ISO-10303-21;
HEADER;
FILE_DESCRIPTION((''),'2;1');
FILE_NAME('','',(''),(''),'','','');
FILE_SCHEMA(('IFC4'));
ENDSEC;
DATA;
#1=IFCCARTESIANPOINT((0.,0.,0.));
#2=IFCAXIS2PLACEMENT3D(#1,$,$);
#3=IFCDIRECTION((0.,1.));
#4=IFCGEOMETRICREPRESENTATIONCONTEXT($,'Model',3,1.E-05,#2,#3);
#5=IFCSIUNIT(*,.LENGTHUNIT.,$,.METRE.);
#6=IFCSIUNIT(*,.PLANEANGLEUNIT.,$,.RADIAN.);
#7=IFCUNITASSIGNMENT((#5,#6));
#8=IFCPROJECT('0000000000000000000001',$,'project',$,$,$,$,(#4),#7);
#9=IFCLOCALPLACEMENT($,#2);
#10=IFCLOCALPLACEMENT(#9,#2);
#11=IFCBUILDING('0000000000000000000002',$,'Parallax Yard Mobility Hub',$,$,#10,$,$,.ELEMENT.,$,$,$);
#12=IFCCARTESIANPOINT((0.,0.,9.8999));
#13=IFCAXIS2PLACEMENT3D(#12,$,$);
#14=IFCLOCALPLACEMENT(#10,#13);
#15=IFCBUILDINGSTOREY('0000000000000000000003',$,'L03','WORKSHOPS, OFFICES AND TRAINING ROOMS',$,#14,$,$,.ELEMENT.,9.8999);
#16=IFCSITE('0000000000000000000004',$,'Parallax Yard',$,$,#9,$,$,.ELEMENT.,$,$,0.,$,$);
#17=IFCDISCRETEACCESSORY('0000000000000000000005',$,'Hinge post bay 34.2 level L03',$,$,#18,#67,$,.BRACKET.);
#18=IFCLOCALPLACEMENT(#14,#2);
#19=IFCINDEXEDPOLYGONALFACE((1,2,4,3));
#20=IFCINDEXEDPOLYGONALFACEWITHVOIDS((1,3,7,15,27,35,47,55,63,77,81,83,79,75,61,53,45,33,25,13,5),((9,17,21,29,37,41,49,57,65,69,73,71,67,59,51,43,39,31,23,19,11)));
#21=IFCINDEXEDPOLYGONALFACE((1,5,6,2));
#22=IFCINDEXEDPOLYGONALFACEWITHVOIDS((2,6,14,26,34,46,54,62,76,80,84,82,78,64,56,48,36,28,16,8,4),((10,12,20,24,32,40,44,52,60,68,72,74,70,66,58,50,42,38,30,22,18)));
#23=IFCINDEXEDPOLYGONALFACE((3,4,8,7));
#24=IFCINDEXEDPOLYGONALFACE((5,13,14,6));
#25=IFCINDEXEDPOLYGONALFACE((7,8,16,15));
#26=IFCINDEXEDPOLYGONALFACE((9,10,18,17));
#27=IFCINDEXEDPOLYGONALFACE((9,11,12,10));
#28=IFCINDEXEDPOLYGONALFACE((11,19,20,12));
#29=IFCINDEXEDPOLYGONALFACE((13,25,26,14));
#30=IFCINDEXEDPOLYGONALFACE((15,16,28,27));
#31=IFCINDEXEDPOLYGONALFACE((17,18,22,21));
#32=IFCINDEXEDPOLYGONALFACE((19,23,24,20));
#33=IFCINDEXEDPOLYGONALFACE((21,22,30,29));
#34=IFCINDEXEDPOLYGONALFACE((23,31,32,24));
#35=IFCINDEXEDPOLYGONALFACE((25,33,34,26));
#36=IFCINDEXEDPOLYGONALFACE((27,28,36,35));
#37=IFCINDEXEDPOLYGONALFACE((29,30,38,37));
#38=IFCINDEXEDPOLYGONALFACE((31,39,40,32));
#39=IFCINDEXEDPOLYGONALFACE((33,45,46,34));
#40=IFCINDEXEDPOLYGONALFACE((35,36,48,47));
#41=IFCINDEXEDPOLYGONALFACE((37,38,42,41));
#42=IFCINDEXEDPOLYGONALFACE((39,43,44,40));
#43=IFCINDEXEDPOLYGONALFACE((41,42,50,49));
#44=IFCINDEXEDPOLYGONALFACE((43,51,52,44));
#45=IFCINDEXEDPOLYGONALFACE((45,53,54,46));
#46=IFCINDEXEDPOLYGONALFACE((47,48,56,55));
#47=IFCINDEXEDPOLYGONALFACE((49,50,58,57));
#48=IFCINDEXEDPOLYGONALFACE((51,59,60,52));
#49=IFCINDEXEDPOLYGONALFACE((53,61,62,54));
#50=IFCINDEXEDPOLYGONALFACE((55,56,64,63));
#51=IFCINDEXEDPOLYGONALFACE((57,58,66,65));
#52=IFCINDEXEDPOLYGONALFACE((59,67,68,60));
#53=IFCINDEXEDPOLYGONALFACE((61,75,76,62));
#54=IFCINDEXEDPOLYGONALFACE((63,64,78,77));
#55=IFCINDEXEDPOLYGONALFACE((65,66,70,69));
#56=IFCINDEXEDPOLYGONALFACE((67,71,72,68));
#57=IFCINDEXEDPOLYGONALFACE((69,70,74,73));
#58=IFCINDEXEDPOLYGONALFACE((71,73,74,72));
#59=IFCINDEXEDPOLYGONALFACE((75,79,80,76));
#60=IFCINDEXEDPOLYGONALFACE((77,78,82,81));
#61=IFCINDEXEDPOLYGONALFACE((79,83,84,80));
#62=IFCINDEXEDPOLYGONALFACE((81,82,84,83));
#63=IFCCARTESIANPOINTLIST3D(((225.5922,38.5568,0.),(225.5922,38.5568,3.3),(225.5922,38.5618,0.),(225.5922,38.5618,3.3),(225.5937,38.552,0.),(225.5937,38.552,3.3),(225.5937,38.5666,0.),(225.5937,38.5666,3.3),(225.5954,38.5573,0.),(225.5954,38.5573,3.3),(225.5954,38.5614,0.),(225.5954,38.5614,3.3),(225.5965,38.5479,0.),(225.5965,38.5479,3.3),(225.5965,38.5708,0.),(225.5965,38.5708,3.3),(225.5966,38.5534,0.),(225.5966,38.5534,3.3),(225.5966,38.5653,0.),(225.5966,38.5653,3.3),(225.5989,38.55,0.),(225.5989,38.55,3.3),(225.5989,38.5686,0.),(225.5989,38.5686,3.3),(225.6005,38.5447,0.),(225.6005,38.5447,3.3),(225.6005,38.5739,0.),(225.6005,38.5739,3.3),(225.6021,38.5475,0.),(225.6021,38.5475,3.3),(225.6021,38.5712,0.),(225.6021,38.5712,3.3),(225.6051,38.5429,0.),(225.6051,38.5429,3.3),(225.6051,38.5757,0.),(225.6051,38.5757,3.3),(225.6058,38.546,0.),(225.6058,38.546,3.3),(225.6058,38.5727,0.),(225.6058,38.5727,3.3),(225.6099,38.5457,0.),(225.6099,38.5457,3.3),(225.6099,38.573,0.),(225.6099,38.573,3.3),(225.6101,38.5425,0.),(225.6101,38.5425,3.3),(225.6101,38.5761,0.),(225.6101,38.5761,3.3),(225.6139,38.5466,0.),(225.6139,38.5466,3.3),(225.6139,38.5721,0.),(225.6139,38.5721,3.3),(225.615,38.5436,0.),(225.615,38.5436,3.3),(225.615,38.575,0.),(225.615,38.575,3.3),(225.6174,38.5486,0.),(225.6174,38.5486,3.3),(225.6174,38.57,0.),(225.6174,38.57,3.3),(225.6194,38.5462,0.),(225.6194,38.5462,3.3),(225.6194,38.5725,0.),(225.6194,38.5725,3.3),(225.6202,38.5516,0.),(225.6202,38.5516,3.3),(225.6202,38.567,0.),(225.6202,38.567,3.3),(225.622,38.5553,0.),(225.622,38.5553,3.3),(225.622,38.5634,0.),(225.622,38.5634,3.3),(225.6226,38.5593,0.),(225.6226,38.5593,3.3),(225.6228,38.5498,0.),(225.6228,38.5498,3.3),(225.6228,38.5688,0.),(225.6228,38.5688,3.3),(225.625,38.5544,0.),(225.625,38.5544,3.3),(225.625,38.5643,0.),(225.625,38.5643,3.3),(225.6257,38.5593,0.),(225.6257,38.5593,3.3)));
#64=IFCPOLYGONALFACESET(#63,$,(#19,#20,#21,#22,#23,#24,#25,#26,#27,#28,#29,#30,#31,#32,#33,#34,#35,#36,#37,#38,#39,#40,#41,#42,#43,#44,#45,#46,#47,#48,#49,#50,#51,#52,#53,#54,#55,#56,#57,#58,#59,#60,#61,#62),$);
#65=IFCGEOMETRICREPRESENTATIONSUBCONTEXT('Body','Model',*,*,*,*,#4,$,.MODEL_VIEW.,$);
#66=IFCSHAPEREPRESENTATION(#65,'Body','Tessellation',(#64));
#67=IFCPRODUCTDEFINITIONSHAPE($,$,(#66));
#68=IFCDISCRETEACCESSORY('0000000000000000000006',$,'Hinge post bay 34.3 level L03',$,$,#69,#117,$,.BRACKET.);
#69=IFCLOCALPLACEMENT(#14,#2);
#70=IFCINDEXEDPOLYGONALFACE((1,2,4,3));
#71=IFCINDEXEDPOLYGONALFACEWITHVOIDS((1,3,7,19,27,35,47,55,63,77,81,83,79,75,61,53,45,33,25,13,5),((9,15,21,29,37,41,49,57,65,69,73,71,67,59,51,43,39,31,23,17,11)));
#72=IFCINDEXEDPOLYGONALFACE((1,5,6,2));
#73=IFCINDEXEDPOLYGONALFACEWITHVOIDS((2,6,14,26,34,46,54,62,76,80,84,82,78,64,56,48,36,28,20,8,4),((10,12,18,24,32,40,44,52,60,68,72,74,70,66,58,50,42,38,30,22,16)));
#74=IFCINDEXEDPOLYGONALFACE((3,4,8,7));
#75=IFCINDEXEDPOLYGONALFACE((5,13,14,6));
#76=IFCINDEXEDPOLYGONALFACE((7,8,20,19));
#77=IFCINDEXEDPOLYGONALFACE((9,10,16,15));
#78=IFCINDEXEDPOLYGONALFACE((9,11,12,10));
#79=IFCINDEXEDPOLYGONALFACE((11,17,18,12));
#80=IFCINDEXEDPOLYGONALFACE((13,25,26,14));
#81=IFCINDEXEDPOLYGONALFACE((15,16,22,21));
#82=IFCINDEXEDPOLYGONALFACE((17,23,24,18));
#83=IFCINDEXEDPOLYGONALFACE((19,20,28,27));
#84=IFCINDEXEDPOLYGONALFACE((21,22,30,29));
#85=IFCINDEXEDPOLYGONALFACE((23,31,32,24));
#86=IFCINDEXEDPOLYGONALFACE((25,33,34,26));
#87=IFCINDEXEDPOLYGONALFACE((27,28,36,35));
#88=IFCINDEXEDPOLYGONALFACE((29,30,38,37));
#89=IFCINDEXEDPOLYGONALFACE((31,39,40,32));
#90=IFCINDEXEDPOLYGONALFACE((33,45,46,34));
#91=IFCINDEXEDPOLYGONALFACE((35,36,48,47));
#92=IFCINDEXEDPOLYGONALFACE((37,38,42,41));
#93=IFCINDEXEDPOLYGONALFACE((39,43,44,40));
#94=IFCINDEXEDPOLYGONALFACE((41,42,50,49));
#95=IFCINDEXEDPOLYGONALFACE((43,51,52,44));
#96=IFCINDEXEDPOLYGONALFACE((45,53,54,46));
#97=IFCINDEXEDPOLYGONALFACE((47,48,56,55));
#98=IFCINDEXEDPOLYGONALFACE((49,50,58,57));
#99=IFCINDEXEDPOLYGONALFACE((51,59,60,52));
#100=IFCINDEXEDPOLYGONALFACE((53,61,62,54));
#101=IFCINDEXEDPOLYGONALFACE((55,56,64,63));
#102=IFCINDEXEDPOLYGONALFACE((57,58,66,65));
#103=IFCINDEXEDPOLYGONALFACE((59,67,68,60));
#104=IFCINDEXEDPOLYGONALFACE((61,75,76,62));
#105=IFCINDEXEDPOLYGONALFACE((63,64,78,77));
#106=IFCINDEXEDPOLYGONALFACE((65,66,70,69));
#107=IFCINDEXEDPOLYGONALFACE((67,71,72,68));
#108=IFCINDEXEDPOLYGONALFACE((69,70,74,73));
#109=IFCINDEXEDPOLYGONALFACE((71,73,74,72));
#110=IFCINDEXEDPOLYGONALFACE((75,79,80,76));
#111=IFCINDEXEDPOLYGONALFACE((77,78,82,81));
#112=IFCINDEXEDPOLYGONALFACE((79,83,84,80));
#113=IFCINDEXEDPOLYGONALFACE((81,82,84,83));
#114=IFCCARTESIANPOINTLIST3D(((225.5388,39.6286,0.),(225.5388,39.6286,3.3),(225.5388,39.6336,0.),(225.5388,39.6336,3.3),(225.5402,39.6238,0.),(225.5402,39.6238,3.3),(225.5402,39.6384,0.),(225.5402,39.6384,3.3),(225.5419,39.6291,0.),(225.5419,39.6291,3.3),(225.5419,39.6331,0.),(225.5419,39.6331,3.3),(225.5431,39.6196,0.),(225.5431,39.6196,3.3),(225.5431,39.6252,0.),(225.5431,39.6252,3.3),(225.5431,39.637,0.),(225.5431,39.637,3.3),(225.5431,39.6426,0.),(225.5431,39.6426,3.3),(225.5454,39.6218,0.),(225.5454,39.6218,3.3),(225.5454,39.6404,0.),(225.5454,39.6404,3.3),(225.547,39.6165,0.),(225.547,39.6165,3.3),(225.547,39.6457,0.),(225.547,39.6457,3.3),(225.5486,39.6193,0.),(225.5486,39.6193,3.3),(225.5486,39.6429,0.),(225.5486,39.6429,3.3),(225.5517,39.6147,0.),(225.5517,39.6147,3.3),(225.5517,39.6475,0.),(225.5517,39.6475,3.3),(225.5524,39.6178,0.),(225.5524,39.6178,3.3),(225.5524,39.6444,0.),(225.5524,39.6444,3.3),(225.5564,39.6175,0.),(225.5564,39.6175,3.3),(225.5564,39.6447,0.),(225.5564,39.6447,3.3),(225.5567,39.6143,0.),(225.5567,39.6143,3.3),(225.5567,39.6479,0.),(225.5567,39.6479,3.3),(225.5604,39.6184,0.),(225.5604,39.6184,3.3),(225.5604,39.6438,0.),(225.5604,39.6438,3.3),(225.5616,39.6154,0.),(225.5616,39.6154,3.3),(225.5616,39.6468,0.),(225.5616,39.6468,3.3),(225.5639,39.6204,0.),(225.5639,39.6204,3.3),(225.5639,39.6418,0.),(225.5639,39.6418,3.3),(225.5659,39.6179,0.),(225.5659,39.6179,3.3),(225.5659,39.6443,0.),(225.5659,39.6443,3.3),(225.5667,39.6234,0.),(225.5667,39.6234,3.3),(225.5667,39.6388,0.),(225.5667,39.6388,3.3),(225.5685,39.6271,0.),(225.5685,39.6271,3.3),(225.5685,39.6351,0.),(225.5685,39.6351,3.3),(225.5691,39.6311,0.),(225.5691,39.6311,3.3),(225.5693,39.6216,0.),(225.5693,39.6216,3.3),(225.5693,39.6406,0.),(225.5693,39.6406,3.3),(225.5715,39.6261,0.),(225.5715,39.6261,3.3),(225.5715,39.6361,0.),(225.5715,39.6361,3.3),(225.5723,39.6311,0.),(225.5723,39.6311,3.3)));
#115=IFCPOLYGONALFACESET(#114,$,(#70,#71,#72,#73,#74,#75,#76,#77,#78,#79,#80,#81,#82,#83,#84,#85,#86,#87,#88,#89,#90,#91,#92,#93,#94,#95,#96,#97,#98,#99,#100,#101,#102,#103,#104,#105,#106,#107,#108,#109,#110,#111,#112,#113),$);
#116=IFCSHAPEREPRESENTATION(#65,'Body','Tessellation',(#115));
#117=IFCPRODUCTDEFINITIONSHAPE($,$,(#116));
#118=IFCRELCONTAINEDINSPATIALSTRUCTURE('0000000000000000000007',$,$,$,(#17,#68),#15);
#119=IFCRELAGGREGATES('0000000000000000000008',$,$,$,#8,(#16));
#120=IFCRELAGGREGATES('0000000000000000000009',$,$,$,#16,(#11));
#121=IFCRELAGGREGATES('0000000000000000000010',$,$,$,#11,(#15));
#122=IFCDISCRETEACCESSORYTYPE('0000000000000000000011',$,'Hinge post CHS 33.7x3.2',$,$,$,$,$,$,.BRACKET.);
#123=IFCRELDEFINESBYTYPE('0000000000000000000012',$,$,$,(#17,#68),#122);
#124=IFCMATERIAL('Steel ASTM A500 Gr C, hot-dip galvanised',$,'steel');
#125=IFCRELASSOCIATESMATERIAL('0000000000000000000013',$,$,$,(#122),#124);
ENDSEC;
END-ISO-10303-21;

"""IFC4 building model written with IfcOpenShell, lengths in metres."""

from ifc_helpers import new_model, si_unit, direction, frame, origin, origin_2d, place, context, subcontext, project, spatial, hollow_circle, extrude, material, material_profile, profile_set, type_object, element, save


model = new_model("IFC4")

# Units and contexts
model_context = context("Model", 3, precision=1e-05, world=origin(), true_north=direction((0.0, 1.0)))
body_context = subcontext(model_context, "Body", "Model", "MODEL_VIEW")
ifc_project = project(units=[si_unit("LENGTHUNIT", "METRE"), si_unit("PLANEANGLEUNIT", "RADIAN")], contexts=[model_context])

# Site, building, storey
site_placement = place(None, origin())
site = spatial("IfcSite", under=ifc_project, at=site_placement, Name="Parallax Yard", CompositionType="ELEMENT", RefElevation=0.0)
building_placement = place(site_placement, origin())
building = spatial("IfcBuilding", under=site, at=building_placement, Name="Parallax Yard Mobility Hub", CompositionType="ELEMENT")
storey_placement = place(building_placement, frame((0.0, 0.0, 9.8999)))
storey = spatial("IfcBuildingStorey", under=building, at=storey_placement, Name="L03", Description="WORKSHOPS, OFFICES AND TRAINING ROOMS", CompositionType="ELEMENT", Elevation=9.8999)

# Discrete accessories
ifc_material_1 = material(Name="Steel ASTM A500 Gr C, hot-dip galvanised", Category="steel")
ifc_material_profile_1 = material_profile(ifc_material_1, hollow_circle(Radius=0.0168, WallThickness=0.0032, at=origin_2d()), Name="CHS 33.7x3.2")
ifc_profile_set_1 = profile_set([ifc_material_profile_1], Name="Steel ASTM A500 Gr C, hot-dip galvanised")
discrete_accessory_type_1 = type_object("IfcDiscreteAccessoryType", Name="Hinge post CHS 33.7x3.2", PredefinedType="BRACKET", material=ifc_profile_set_1)
for number, where, z_axis, x_axis, name in (
    (1, (225.6089, 38.5593, 0.0), (0.0, 0.0, 1.0), (1.0, 0.0, 0.0), "Hinge post bay 34.2 level L03"),
    (2, (225.5554, 39.6311, 0.0), (0.0, 0.0, 1.0), (1.0, 0.0, 0.0), "Hinge post bay 34.3 level L03"),
):
    element("IfcDiscreteAccessory", number, at=place(storey_placement, frame(where, z_axis=z_axis, x_axis=x_axis)), inside=storey, type_object=discrete_accessory_type_1, Name=name, PredefinedType="BRACKET", context=body_context, shape_type="SweptSolid", body=[
        extrude(hollow_circle(Radius=0.0168, WallThickness=0.0032, at=origin_2d()), origin(), (0.0, 0.0, 1.0), 3.3),
    ])

save(model, "model.ifc")
